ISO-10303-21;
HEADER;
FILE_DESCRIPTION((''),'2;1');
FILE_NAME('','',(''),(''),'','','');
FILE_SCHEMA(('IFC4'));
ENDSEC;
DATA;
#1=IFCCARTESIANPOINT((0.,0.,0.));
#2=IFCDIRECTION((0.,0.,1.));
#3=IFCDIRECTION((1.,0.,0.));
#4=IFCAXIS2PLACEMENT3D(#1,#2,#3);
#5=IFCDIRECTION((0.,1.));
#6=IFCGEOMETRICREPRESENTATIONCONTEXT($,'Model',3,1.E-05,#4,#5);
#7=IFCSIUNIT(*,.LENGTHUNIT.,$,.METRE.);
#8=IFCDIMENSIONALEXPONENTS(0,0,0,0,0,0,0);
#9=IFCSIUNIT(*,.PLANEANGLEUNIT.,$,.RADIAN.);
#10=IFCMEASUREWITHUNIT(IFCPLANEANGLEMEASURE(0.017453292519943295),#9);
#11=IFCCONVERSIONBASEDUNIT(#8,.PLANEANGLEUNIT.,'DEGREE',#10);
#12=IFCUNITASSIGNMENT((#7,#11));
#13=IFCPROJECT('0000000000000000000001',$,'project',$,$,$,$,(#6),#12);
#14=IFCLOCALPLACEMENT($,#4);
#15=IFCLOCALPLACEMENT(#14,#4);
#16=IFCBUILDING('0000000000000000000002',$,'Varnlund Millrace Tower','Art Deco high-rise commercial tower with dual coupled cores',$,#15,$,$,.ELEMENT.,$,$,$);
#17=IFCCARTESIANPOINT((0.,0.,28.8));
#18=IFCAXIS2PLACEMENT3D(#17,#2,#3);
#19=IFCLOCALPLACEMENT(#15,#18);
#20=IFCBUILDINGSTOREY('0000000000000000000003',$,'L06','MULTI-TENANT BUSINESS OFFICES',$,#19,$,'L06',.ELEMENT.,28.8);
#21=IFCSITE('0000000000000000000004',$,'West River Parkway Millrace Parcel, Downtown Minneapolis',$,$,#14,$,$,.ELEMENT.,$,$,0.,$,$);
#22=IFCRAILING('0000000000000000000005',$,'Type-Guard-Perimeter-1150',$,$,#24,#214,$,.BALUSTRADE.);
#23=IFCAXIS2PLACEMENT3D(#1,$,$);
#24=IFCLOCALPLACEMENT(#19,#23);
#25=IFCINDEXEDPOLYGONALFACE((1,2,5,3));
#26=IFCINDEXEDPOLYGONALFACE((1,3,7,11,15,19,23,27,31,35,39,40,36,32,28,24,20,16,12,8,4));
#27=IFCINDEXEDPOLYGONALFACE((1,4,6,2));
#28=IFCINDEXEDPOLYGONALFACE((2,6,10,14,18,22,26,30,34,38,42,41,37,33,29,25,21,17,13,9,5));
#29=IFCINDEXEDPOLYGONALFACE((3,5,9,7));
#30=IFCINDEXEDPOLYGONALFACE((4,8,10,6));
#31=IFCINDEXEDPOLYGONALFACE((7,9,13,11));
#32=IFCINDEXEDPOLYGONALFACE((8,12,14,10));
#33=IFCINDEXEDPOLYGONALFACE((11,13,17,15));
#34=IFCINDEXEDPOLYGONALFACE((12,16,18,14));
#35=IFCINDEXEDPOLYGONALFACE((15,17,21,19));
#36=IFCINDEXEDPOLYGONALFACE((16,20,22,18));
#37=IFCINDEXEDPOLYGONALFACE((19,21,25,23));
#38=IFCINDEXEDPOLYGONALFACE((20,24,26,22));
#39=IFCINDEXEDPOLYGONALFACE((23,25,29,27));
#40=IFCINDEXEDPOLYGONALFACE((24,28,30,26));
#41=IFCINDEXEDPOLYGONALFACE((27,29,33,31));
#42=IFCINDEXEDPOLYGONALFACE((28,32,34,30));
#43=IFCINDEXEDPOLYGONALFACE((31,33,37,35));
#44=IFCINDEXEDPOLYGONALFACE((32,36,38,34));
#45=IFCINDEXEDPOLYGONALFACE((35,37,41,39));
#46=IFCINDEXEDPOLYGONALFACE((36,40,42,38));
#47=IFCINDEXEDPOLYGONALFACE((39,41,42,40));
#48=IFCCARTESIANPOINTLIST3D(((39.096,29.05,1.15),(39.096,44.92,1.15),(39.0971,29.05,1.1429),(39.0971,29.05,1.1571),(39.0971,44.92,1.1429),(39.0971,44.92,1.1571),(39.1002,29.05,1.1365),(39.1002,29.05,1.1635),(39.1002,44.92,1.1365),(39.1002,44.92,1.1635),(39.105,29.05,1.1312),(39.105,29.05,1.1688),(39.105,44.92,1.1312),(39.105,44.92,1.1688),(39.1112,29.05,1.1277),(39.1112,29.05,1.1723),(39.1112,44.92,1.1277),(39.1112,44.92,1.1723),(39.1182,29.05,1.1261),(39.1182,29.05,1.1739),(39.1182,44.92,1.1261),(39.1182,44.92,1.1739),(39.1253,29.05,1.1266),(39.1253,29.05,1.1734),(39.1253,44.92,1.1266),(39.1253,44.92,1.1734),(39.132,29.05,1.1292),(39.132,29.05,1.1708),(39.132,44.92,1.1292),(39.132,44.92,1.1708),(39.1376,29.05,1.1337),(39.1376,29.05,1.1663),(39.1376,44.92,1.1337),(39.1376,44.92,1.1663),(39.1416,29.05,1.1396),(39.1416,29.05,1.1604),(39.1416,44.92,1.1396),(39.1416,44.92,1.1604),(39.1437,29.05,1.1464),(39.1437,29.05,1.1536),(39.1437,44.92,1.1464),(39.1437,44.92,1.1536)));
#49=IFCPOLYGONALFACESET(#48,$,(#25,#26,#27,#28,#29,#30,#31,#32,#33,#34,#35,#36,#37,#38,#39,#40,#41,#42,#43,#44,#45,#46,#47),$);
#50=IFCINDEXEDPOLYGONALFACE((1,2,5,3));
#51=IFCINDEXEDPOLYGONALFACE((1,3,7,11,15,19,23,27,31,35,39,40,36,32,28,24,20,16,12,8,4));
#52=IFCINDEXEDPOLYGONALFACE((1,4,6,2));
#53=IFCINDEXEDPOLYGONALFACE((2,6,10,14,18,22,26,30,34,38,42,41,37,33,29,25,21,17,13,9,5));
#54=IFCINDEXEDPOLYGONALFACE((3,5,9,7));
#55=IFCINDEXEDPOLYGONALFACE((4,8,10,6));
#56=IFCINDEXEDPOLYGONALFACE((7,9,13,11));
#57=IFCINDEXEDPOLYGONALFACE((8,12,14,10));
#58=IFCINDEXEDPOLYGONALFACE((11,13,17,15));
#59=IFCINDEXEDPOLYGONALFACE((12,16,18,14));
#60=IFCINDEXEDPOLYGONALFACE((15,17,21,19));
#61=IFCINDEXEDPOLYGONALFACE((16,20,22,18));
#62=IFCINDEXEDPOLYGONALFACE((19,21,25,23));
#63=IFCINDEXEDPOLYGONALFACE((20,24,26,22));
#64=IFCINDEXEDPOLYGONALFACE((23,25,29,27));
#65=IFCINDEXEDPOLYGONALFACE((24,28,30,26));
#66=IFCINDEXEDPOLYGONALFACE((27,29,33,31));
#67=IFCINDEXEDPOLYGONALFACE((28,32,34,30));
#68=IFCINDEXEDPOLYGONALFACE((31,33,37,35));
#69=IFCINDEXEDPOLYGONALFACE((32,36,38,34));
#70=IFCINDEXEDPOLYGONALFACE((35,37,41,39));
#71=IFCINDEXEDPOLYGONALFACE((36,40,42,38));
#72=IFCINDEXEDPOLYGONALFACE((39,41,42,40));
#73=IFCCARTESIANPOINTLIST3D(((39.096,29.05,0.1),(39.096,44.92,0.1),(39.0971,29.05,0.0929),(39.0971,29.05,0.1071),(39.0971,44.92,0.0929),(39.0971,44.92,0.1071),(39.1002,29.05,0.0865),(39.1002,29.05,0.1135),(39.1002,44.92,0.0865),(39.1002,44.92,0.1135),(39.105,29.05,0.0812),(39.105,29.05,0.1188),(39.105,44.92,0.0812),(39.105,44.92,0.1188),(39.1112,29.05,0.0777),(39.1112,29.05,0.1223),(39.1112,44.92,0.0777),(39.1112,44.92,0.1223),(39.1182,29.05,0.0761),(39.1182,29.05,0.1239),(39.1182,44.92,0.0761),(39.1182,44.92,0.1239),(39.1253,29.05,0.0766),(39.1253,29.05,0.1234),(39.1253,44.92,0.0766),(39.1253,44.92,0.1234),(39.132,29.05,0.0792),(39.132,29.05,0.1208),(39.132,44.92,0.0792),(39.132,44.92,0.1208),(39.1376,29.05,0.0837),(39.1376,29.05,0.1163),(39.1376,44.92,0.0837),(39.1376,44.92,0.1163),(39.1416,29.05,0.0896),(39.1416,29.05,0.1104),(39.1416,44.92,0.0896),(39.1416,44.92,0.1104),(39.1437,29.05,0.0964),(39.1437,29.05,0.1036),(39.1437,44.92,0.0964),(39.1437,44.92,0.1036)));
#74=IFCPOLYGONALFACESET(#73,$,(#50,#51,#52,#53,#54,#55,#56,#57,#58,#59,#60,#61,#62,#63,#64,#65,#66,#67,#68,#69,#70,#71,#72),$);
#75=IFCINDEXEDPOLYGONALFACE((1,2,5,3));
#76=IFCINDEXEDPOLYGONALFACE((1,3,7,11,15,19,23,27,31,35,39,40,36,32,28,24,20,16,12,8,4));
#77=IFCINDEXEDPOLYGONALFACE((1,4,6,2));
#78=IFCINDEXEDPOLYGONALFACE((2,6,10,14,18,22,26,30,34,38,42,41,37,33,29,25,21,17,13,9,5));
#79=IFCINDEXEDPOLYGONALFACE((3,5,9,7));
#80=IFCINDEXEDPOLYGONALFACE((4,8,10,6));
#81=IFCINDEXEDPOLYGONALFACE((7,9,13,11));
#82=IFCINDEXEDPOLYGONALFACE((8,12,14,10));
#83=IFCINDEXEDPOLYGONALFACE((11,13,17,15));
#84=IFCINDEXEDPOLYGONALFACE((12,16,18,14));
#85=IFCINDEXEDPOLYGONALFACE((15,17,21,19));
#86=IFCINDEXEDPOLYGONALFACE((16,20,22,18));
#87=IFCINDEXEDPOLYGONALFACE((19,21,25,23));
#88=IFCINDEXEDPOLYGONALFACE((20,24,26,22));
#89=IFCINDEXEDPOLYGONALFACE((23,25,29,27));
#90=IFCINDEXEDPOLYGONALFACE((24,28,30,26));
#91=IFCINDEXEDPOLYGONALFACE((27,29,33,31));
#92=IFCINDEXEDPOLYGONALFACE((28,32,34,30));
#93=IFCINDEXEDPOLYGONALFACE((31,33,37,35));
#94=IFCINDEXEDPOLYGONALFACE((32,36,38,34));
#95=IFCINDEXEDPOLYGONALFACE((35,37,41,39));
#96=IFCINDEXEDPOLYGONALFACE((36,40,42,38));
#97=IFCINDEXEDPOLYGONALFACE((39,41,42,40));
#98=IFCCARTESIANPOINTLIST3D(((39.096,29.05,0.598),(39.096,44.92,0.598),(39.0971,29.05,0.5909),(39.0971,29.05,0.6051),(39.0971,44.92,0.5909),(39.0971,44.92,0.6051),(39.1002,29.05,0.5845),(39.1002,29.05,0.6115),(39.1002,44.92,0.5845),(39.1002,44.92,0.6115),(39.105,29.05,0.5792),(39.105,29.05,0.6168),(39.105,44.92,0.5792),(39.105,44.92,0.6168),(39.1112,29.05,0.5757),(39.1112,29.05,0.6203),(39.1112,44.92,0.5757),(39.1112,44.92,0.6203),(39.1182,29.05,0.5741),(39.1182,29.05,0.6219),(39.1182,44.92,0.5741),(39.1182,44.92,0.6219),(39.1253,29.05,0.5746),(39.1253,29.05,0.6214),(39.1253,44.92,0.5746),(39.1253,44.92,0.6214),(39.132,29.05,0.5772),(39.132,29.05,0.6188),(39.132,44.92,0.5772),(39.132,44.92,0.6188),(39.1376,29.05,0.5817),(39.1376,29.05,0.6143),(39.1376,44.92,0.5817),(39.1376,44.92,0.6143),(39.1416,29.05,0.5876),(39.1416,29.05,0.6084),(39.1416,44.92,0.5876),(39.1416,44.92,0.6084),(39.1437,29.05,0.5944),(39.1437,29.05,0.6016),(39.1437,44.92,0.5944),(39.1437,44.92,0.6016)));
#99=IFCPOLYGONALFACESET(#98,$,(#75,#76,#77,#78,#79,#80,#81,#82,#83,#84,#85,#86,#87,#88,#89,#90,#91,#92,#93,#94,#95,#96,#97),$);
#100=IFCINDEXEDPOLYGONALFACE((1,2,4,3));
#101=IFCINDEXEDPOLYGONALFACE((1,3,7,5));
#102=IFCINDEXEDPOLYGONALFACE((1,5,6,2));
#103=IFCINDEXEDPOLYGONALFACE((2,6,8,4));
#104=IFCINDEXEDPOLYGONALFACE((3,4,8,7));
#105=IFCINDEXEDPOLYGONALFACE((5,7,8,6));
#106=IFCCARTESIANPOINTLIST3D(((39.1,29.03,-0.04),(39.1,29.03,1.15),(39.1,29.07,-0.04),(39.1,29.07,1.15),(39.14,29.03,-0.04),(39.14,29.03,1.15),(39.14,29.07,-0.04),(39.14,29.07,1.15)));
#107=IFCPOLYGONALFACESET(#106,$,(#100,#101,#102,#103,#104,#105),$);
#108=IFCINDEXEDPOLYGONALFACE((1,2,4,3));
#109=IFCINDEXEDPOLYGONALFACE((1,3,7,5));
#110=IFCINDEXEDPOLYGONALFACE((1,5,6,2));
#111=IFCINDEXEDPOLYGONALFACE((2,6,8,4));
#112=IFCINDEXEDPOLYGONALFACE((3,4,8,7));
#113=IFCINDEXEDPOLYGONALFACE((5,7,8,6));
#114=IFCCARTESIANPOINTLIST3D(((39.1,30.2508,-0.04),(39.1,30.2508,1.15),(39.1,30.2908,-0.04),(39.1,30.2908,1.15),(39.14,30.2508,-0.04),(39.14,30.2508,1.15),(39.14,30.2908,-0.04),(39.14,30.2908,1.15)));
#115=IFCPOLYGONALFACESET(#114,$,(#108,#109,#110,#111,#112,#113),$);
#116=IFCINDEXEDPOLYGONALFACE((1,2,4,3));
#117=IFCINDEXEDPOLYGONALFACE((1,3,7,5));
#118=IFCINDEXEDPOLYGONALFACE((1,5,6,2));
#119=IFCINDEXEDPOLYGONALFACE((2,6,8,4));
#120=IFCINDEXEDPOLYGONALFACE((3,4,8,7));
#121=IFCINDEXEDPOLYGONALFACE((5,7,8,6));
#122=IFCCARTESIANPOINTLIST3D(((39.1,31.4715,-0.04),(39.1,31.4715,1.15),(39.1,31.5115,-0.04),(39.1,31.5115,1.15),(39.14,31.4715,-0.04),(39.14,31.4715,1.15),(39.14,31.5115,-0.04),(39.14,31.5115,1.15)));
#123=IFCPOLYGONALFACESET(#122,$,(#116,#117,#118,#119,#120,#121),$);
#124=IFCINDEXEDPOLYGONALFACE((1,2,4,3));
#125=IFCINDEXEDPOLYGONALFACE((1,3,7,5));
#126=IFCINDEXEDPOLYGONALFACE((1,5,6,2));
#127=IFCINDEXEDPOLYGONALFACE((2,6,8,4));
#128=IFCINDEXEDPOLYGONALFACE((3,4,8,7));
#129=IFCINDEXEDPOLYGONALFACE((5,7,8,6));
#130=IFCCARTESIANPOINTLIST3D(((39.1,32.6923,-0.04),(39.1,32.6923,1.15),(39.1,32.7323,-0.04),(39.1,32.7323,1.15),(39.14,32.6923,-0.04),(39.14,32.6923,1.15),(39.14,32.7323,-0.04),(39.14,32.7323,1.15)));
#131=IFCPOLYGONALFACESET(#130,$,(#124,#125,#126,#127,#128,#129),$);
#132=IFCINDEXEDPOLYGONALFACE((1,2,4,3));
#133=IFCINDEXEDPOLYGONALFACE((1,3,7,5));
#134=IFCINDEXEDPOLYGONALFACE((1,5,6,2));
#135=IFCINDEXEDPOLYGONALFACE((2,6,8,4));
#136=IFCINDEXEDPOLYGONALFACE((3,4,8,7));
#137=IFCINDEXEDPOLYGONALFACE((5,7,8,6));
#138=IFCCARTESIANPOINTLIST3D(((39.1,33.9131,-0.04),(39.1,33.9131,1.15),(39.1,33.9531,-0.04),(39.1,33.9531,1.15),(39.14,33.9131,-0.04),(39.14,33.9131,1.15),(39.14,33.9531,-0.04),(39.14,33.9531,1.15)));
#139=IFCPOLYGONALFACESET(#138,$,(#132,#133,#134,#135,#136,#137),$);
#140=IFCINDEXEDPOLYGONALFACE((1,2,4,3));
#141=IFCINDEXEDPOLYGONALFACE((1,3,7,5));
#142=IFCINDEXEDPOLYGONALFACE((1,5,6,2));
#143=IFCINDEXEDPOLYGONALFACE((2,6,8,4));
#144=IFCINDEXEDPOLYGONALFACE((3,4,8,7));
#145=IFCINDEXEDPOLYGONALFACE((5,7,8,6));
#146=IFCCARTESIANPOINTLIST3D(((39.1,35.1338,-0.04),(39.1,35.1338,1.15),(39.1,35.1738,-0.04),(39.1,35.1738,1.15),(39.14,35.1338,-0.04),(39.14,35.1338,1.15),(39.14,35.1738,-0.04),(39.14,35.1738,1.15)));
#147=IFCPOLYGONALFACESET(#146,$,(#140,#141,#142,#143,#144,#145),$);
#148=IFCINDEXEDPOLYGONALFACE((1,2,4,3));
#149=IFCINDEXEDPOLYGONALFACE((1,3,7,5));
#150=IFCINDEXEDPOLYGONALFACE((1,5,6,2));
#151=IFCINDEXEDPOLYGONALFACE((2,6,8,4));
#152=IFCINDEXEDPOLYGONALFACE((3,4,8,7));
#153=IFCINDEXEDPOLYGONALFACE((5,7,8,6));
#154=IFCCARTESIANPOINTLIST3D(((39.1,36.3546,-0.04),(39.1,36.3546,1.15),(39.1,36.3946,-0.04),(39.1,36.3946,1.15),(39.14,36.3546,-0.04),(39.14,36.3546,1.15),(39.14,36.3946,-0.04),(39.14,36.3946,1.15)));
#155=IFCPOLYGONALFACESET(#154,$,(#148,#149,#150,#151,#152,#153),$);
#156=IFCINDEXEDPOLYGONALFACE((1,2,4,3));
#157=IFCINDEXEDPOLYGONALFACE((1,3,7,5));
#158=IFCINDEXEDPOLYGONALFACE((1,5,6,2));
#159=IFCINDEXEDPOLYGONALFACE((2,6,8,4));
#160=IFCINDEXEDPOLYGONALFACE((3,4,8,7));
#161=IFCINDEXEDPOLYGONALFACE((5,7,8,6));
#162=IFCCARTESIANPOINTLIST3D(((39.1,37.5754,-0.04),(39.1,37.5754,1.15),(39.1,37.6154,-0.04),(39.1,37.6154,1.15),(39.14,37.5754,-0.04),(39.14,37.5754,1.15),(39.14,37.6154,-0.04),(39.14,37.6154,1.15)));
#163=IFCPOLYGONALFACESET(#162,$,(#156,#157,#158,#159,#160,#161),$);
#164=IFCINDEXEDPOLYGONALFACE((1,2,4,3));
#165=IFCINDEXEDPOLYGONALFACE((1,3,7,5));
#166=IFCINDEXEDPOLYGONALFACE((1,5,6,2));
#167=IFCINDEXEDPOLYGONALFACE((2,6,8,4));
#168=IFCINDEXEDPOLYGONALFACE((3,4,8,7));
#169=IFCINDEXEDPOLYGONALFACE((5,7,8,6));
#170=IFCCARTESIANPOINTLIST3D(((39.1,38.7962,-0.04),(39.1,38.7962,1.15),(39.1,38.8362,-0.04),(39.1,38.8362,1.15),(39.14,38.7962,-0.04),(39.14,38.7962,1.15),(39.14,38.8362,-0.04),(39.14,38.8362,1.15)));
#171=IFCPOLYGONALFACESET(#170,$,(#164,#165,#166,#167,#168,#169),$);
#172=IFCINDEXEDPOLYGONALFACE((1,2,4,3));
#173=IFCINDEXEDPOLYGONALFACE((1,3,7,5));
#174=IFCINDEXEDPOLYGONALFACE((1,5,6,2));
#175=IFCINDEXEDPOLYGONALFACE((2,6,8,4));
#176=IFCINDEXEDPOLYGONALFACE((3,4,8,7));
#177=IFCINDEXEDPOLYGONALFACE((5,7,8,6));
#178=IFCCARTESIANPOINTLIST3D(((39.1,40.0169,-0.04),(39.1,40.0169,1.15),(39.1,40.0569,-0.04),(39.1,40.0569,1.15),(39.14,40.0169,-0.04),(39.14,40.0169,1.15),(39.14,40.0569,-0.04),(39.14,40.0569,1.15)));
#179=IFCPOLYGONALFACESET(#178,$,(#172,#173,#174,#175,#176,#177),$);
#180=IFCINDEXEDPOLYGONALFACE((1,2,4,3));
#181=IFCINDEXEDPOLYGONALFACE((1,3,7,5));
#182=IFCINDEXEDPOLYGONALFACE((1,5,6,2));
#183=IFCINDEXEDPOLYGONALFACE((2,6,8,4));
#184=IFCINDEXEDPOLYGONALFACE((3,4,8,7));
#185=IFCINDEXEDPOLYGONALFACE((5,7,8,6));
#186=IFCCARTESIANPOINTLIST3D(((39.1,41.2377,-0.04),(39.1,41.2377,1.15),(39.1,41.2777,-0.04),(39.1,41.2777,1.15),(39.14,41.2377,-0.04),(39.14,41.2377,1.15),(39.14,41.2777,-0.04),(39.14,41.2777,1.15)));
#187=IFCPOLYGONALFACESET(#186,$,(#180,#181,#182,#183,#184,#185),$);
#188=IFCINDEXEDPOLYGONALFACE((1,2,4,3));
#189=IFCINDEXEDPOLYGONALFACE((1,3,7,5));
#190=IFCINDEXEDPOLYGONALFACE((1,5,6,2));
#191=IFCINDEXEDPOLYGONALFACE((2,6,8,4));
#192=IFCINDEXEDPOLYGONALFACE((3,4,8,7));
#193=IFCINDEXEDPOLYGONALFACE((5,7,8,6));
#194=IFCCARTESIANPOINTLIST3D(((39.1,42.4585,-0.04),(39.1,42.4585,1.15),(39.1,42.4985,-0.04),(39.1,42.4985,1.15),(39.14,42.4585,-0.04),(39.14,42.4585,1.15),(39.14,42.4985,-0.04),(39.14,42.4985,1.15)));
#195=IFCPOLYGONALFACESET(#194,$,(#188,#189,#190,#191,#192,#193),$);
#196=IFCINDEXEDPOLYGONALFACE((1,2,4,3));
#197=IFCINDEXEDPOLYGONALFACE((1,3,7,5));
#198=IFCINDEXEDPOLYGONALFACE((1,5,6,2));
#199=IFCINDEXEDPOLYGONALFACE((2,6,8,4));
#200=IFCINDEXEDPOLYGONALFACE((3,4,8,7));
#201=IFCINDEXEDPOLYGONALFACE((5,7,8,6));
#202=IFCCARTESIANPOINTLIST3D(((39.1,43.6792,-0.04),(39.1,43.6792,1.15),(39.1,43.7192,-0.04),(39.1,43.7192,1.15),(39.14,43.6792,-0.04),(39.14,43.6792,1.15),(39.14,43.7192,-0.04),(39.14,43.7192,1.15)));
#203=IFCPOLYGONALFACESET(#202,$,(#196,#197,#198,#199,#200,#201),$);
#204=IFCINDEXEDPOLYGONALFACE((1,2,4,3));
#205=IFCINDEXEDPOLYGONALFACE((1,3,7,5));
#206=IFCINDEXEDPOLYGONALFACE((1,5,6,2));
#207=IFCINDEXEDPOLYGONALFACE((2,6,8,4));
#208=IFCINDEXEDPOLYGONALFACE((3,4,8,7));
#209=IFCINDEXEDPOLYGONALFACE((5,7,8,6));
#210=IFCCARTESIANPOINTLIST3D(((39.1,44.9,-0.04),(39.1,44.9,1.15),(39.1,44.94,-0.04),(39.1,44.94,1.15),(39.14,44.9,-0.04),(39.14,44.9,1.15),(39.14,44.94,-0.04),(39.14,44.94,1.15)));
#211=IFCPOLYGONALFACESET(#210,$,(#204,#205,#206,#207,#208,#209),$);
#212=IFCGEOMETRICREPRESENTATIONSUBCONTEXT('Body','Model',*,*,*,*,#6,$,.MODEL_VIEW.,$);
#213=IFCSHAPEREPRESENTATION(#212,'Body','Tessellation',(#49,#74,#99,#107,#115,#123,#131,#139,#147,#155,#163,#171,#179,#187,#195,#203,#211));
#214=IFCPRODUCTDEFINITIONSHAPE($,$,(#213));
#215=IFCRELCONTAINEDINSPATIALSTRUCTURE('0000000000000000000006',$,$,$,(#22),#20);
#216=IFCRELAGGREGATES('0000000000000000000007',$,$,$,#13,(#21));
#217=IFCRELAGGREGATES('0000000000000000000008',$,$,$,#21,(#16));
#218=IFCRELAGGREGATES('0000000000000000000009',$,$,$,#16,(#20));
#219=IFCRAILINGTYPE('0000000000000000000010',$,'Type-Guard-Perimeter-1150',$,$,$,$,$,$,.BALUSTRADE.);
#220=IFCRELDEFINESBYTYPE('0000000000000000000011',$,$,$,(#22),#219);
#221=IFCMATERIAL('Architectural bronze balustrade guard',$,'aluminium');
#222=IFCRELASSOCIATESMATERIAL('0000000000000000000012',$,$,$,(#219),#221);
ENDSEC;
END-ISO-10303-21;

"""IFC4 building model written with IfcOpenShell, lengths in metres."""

from ifc_helpers import new_model, entity, si_unit, converted_unit, direction, frame, origin_with_axes, origin_2d_with_axis, place, context, subcontext, project, spatial, rectangle, circle, extrude, material, type_object, element, save


model = new_model("IFC4")

# Units and contexts
model_context = context("Model", 3, precision=1e-05, world=origin_with_axes(), true_north=direction((0.0, 1.0)))
body_context = subcontext(model_context, "Body", "Model", "MODEL_VIEW")
ifc_project = project(units=[si_unit("LENGTHUNIT", "METRE"), converted_unit("PLANEANGLEUNIT", "DEGREE", entity("IfcPlaneAngleMeasure", 0.017453292519943295), si_unit("PLANEANGLEUNIT", "RADIAN"), dimensions=[0, 0, 0, 0, 0, 0, 0])], contexts=[model_context])

# Site, building, storey
site_placement = place(None, origin_with_axes())
site = spatial("IfcSite", under=ifc_project, at=site_placement, Name="West River Parkway Millrace Parcel, Downtown Minneapolis", CompositionType="ELEMENT", RefElevation=0.0)
building_placement = place(site_placement, origin_with_axes())
building = spatial("IfcBuilding", under=site, at=building_placement, Name="Varnlund Millrace Tower", Description="Art Deco high-rise commercial tower with dual coupled cores", CompositionType="ELEMENT")
storey_placement = place(building_placement, frame((0.0, 0.0, 28.8), z_axis=(0.0, 0.0, 1.0), x_axis=(1.0, 0.0, 0.0)))
storey = spatial("IfcBuildingStorey", under=building, at=storey_placement, Name="L06", Description="MULTI-TENANT BUSINESS OFFICES", LongName="L06", CompositionType="ELEMENT", Elevation=28.8)

# Railing
ifc_material_1 = material(Name="Architectural bronze balustrade guard", Category="aluminium")
railing_type_1 = type_object("IfcRailingType", Name="Type-Guard-Perimeter-1150", PredefinedType="BALUSTRADE", material=ifc_material_1)
railing_1_placement = place(storey_placement, frame((0.0, 0.0, -28.8), z_axis=(0.0, 0.0, 1.0), x_axis=(1.0, 0.0, 0.0)))
element("IfcRailing", 1, at=railing_1_placement, inside=storey, type_object=railing_type_1, Name="Type-Guard-Perimeter-1150", PredefinedType="BALUSTRADE", context=body_context, shape_type="SweptSolid", body=[
    extrude(circle(Radius=0.024, at=origin_2d_with_axis()), frame((39.12, 29.05, 29.95), z_axis=(0.0, 1.0, 0.0), x_axis=(-1.0, 0.0, 0.0)), (0.0, 0.0, 1.0), 15.87),
    extrude(circle(Radius=0.024, at=origin_2d_with_axis()), frame((39.12, 29.05, 28.9), z_axis=(0.0, 1.0, 0.0), x_axis=(-1.0, 0.0, 0.0)), (0.0, 0.0, 1.0), 15.87),
    extrude(circle(Radius=0.024, at=origin_2d_with_axis()), frame((39.12, 29.05, 29.398), z_axis=(0.0, 1.0, 0.0), x_axis=(-1.0, 0.0, 0.0)), (0.0, 0.0, 1.0), 15.87),
    extrude(rectangle(XDim=0.04, YDim=0.04, at=origin_2d_with_axis()), frame((39.12, 29.05, 28.76), z_axis=(0.0, 0.0, 1.0), x_axis=(1.0, 0.0, 0.0)), (0.0, 0.0, 1.0), 1.19),
    extrude(rectangle(XDim=0.04, YDim=0.04, at=origin_2d_with_axis()), frame((39.12, 30.2708, 28.76), z_axis=(0.0, 0.0, 1.0), x_axis=(1.0, 0.0, 0.0)), (0.0, 0.0, 1.0), 1.19),
    extrude(rectangle(XDim=0.04, YDim=0.04, at=origin_2d_with_axis()), frame((39.12, 31.4915, 28.76), z_axis=(0.0, 0.0, 1.0), x_axis=(1.0, 0.0, 0.0)), (0.0, 0.0, 1.0), 1.19),
    extrude(rectangle(XDim=0.04, YDim=0.04, at=origin_2d_with_axis()), frame((39.12, 32.7123, 28.76), z_axis=(0.0, 0.0, 1.0), x_axis=(1.0, 0.0, 0.0)), (0.0, 0.0, 1.0), 1.19),
    extrude(rectangle(XDim=0.04, YDim=0.04, at=origin_2d_with_axis()), frame((39.12, 33.9331, 28.76), z_axis=(0.0, 0.0, 1.0), x_axis=(1.0, 0.0, 0.0)), (0.0, 0.0, 1.0), 1.19),
    extrude(rectangle(XDim=0.04, YDim=0.04, at=origin_2d_with_axis()), frame((39.12, 35.1538, 28.76), z_axis=(0.0, 0.0, 1.0), x_axis=(1.0, 0.0, 0.0)), (0.0, 0.0, 1.0), 1.19),
    extrude(rectangle(XDim=0.04, YDim=0.04, at=origin_2d_with_axis()), frame((39.12, 36.3746, 28.76), z_axis=(0.0, 0.0, 1.0), x_axis=(1.0, 0.0, 0.0)), (0.0, 0.0, 1.0), 1.19),
    extrude(rectangle(XDim=0.04, YDim=0.04, at=origin_2d_with_axis()), frame((39.12, 37.5954, 28.76), z_axis=(0.0, 0.0, 1.0), x_axis=(1.0, 0.0, 0.0)), (0.0, 0.0, 1.0), 1.19),
    extrude(rectangle(XDim=0.04, YDim=0.04, at=origin_2d_with_axis()), frame((39.12, 38.8162, 28.76), z_axis=(0.0, 0.0, 1.0), x_axis=(1.0, 0.0, 0.0)), (0.0, 0.0, 1.0), 1.19),
    extrude(rectangle(XDim=0.04, YDim=0.04, at=origin_2d_with_axis()), frame((39.12, 40.0369, 28.76), z_axis=(0.0, 0.0, 1.0), x_axis=(1.0, 0.0, 0.0)), (0.0, 0.0, 1.0), 1.19),
    extrude(rectangle(XDim=0.04, YDim=0.04, at=origin_2d_with_axis()), frame((39.12, 41.2577, 28.76), z_axis=(0.0, 0.0, 1.0), x_axis=(1.0, 0.0, 0.0)), (0.0, 0.0, 1.0), 1.19),
    extrude(rectangle(XDim=0.04, YDim=0.04, at=origin_2d_with_axis()), frame((39.12, 42.4785, 28.76), z_axis=(0.0, 0.0, 1.0), x_axis=(1.0, 0.0, 0.0)), (0.0, 0.0, 1.0), 1.19),
    extrude(rectangle(XDim=0.04, YDim=0.04, at=origin_2d_with_axis()), frame((39.12, 43.6992, 28.76), z_axis=(0.0, 0.0, 1.0), x_axis=(1.0, 0.0, 0.0)), (0.0, 0.0, 1.0), 1.19),
    extrude(rectangle(XDim=0.04, YDim=0.04, at=origin_2d_with_axis()), frame((39.12, 44.92, 28.76), z_axis=(0.0, 0.0, 1.0), x_axis=(1.0, 0.0, 0.0)), (0.0, 0.0, 1.0), 1.19),
])

save(model, "model.ifc")
